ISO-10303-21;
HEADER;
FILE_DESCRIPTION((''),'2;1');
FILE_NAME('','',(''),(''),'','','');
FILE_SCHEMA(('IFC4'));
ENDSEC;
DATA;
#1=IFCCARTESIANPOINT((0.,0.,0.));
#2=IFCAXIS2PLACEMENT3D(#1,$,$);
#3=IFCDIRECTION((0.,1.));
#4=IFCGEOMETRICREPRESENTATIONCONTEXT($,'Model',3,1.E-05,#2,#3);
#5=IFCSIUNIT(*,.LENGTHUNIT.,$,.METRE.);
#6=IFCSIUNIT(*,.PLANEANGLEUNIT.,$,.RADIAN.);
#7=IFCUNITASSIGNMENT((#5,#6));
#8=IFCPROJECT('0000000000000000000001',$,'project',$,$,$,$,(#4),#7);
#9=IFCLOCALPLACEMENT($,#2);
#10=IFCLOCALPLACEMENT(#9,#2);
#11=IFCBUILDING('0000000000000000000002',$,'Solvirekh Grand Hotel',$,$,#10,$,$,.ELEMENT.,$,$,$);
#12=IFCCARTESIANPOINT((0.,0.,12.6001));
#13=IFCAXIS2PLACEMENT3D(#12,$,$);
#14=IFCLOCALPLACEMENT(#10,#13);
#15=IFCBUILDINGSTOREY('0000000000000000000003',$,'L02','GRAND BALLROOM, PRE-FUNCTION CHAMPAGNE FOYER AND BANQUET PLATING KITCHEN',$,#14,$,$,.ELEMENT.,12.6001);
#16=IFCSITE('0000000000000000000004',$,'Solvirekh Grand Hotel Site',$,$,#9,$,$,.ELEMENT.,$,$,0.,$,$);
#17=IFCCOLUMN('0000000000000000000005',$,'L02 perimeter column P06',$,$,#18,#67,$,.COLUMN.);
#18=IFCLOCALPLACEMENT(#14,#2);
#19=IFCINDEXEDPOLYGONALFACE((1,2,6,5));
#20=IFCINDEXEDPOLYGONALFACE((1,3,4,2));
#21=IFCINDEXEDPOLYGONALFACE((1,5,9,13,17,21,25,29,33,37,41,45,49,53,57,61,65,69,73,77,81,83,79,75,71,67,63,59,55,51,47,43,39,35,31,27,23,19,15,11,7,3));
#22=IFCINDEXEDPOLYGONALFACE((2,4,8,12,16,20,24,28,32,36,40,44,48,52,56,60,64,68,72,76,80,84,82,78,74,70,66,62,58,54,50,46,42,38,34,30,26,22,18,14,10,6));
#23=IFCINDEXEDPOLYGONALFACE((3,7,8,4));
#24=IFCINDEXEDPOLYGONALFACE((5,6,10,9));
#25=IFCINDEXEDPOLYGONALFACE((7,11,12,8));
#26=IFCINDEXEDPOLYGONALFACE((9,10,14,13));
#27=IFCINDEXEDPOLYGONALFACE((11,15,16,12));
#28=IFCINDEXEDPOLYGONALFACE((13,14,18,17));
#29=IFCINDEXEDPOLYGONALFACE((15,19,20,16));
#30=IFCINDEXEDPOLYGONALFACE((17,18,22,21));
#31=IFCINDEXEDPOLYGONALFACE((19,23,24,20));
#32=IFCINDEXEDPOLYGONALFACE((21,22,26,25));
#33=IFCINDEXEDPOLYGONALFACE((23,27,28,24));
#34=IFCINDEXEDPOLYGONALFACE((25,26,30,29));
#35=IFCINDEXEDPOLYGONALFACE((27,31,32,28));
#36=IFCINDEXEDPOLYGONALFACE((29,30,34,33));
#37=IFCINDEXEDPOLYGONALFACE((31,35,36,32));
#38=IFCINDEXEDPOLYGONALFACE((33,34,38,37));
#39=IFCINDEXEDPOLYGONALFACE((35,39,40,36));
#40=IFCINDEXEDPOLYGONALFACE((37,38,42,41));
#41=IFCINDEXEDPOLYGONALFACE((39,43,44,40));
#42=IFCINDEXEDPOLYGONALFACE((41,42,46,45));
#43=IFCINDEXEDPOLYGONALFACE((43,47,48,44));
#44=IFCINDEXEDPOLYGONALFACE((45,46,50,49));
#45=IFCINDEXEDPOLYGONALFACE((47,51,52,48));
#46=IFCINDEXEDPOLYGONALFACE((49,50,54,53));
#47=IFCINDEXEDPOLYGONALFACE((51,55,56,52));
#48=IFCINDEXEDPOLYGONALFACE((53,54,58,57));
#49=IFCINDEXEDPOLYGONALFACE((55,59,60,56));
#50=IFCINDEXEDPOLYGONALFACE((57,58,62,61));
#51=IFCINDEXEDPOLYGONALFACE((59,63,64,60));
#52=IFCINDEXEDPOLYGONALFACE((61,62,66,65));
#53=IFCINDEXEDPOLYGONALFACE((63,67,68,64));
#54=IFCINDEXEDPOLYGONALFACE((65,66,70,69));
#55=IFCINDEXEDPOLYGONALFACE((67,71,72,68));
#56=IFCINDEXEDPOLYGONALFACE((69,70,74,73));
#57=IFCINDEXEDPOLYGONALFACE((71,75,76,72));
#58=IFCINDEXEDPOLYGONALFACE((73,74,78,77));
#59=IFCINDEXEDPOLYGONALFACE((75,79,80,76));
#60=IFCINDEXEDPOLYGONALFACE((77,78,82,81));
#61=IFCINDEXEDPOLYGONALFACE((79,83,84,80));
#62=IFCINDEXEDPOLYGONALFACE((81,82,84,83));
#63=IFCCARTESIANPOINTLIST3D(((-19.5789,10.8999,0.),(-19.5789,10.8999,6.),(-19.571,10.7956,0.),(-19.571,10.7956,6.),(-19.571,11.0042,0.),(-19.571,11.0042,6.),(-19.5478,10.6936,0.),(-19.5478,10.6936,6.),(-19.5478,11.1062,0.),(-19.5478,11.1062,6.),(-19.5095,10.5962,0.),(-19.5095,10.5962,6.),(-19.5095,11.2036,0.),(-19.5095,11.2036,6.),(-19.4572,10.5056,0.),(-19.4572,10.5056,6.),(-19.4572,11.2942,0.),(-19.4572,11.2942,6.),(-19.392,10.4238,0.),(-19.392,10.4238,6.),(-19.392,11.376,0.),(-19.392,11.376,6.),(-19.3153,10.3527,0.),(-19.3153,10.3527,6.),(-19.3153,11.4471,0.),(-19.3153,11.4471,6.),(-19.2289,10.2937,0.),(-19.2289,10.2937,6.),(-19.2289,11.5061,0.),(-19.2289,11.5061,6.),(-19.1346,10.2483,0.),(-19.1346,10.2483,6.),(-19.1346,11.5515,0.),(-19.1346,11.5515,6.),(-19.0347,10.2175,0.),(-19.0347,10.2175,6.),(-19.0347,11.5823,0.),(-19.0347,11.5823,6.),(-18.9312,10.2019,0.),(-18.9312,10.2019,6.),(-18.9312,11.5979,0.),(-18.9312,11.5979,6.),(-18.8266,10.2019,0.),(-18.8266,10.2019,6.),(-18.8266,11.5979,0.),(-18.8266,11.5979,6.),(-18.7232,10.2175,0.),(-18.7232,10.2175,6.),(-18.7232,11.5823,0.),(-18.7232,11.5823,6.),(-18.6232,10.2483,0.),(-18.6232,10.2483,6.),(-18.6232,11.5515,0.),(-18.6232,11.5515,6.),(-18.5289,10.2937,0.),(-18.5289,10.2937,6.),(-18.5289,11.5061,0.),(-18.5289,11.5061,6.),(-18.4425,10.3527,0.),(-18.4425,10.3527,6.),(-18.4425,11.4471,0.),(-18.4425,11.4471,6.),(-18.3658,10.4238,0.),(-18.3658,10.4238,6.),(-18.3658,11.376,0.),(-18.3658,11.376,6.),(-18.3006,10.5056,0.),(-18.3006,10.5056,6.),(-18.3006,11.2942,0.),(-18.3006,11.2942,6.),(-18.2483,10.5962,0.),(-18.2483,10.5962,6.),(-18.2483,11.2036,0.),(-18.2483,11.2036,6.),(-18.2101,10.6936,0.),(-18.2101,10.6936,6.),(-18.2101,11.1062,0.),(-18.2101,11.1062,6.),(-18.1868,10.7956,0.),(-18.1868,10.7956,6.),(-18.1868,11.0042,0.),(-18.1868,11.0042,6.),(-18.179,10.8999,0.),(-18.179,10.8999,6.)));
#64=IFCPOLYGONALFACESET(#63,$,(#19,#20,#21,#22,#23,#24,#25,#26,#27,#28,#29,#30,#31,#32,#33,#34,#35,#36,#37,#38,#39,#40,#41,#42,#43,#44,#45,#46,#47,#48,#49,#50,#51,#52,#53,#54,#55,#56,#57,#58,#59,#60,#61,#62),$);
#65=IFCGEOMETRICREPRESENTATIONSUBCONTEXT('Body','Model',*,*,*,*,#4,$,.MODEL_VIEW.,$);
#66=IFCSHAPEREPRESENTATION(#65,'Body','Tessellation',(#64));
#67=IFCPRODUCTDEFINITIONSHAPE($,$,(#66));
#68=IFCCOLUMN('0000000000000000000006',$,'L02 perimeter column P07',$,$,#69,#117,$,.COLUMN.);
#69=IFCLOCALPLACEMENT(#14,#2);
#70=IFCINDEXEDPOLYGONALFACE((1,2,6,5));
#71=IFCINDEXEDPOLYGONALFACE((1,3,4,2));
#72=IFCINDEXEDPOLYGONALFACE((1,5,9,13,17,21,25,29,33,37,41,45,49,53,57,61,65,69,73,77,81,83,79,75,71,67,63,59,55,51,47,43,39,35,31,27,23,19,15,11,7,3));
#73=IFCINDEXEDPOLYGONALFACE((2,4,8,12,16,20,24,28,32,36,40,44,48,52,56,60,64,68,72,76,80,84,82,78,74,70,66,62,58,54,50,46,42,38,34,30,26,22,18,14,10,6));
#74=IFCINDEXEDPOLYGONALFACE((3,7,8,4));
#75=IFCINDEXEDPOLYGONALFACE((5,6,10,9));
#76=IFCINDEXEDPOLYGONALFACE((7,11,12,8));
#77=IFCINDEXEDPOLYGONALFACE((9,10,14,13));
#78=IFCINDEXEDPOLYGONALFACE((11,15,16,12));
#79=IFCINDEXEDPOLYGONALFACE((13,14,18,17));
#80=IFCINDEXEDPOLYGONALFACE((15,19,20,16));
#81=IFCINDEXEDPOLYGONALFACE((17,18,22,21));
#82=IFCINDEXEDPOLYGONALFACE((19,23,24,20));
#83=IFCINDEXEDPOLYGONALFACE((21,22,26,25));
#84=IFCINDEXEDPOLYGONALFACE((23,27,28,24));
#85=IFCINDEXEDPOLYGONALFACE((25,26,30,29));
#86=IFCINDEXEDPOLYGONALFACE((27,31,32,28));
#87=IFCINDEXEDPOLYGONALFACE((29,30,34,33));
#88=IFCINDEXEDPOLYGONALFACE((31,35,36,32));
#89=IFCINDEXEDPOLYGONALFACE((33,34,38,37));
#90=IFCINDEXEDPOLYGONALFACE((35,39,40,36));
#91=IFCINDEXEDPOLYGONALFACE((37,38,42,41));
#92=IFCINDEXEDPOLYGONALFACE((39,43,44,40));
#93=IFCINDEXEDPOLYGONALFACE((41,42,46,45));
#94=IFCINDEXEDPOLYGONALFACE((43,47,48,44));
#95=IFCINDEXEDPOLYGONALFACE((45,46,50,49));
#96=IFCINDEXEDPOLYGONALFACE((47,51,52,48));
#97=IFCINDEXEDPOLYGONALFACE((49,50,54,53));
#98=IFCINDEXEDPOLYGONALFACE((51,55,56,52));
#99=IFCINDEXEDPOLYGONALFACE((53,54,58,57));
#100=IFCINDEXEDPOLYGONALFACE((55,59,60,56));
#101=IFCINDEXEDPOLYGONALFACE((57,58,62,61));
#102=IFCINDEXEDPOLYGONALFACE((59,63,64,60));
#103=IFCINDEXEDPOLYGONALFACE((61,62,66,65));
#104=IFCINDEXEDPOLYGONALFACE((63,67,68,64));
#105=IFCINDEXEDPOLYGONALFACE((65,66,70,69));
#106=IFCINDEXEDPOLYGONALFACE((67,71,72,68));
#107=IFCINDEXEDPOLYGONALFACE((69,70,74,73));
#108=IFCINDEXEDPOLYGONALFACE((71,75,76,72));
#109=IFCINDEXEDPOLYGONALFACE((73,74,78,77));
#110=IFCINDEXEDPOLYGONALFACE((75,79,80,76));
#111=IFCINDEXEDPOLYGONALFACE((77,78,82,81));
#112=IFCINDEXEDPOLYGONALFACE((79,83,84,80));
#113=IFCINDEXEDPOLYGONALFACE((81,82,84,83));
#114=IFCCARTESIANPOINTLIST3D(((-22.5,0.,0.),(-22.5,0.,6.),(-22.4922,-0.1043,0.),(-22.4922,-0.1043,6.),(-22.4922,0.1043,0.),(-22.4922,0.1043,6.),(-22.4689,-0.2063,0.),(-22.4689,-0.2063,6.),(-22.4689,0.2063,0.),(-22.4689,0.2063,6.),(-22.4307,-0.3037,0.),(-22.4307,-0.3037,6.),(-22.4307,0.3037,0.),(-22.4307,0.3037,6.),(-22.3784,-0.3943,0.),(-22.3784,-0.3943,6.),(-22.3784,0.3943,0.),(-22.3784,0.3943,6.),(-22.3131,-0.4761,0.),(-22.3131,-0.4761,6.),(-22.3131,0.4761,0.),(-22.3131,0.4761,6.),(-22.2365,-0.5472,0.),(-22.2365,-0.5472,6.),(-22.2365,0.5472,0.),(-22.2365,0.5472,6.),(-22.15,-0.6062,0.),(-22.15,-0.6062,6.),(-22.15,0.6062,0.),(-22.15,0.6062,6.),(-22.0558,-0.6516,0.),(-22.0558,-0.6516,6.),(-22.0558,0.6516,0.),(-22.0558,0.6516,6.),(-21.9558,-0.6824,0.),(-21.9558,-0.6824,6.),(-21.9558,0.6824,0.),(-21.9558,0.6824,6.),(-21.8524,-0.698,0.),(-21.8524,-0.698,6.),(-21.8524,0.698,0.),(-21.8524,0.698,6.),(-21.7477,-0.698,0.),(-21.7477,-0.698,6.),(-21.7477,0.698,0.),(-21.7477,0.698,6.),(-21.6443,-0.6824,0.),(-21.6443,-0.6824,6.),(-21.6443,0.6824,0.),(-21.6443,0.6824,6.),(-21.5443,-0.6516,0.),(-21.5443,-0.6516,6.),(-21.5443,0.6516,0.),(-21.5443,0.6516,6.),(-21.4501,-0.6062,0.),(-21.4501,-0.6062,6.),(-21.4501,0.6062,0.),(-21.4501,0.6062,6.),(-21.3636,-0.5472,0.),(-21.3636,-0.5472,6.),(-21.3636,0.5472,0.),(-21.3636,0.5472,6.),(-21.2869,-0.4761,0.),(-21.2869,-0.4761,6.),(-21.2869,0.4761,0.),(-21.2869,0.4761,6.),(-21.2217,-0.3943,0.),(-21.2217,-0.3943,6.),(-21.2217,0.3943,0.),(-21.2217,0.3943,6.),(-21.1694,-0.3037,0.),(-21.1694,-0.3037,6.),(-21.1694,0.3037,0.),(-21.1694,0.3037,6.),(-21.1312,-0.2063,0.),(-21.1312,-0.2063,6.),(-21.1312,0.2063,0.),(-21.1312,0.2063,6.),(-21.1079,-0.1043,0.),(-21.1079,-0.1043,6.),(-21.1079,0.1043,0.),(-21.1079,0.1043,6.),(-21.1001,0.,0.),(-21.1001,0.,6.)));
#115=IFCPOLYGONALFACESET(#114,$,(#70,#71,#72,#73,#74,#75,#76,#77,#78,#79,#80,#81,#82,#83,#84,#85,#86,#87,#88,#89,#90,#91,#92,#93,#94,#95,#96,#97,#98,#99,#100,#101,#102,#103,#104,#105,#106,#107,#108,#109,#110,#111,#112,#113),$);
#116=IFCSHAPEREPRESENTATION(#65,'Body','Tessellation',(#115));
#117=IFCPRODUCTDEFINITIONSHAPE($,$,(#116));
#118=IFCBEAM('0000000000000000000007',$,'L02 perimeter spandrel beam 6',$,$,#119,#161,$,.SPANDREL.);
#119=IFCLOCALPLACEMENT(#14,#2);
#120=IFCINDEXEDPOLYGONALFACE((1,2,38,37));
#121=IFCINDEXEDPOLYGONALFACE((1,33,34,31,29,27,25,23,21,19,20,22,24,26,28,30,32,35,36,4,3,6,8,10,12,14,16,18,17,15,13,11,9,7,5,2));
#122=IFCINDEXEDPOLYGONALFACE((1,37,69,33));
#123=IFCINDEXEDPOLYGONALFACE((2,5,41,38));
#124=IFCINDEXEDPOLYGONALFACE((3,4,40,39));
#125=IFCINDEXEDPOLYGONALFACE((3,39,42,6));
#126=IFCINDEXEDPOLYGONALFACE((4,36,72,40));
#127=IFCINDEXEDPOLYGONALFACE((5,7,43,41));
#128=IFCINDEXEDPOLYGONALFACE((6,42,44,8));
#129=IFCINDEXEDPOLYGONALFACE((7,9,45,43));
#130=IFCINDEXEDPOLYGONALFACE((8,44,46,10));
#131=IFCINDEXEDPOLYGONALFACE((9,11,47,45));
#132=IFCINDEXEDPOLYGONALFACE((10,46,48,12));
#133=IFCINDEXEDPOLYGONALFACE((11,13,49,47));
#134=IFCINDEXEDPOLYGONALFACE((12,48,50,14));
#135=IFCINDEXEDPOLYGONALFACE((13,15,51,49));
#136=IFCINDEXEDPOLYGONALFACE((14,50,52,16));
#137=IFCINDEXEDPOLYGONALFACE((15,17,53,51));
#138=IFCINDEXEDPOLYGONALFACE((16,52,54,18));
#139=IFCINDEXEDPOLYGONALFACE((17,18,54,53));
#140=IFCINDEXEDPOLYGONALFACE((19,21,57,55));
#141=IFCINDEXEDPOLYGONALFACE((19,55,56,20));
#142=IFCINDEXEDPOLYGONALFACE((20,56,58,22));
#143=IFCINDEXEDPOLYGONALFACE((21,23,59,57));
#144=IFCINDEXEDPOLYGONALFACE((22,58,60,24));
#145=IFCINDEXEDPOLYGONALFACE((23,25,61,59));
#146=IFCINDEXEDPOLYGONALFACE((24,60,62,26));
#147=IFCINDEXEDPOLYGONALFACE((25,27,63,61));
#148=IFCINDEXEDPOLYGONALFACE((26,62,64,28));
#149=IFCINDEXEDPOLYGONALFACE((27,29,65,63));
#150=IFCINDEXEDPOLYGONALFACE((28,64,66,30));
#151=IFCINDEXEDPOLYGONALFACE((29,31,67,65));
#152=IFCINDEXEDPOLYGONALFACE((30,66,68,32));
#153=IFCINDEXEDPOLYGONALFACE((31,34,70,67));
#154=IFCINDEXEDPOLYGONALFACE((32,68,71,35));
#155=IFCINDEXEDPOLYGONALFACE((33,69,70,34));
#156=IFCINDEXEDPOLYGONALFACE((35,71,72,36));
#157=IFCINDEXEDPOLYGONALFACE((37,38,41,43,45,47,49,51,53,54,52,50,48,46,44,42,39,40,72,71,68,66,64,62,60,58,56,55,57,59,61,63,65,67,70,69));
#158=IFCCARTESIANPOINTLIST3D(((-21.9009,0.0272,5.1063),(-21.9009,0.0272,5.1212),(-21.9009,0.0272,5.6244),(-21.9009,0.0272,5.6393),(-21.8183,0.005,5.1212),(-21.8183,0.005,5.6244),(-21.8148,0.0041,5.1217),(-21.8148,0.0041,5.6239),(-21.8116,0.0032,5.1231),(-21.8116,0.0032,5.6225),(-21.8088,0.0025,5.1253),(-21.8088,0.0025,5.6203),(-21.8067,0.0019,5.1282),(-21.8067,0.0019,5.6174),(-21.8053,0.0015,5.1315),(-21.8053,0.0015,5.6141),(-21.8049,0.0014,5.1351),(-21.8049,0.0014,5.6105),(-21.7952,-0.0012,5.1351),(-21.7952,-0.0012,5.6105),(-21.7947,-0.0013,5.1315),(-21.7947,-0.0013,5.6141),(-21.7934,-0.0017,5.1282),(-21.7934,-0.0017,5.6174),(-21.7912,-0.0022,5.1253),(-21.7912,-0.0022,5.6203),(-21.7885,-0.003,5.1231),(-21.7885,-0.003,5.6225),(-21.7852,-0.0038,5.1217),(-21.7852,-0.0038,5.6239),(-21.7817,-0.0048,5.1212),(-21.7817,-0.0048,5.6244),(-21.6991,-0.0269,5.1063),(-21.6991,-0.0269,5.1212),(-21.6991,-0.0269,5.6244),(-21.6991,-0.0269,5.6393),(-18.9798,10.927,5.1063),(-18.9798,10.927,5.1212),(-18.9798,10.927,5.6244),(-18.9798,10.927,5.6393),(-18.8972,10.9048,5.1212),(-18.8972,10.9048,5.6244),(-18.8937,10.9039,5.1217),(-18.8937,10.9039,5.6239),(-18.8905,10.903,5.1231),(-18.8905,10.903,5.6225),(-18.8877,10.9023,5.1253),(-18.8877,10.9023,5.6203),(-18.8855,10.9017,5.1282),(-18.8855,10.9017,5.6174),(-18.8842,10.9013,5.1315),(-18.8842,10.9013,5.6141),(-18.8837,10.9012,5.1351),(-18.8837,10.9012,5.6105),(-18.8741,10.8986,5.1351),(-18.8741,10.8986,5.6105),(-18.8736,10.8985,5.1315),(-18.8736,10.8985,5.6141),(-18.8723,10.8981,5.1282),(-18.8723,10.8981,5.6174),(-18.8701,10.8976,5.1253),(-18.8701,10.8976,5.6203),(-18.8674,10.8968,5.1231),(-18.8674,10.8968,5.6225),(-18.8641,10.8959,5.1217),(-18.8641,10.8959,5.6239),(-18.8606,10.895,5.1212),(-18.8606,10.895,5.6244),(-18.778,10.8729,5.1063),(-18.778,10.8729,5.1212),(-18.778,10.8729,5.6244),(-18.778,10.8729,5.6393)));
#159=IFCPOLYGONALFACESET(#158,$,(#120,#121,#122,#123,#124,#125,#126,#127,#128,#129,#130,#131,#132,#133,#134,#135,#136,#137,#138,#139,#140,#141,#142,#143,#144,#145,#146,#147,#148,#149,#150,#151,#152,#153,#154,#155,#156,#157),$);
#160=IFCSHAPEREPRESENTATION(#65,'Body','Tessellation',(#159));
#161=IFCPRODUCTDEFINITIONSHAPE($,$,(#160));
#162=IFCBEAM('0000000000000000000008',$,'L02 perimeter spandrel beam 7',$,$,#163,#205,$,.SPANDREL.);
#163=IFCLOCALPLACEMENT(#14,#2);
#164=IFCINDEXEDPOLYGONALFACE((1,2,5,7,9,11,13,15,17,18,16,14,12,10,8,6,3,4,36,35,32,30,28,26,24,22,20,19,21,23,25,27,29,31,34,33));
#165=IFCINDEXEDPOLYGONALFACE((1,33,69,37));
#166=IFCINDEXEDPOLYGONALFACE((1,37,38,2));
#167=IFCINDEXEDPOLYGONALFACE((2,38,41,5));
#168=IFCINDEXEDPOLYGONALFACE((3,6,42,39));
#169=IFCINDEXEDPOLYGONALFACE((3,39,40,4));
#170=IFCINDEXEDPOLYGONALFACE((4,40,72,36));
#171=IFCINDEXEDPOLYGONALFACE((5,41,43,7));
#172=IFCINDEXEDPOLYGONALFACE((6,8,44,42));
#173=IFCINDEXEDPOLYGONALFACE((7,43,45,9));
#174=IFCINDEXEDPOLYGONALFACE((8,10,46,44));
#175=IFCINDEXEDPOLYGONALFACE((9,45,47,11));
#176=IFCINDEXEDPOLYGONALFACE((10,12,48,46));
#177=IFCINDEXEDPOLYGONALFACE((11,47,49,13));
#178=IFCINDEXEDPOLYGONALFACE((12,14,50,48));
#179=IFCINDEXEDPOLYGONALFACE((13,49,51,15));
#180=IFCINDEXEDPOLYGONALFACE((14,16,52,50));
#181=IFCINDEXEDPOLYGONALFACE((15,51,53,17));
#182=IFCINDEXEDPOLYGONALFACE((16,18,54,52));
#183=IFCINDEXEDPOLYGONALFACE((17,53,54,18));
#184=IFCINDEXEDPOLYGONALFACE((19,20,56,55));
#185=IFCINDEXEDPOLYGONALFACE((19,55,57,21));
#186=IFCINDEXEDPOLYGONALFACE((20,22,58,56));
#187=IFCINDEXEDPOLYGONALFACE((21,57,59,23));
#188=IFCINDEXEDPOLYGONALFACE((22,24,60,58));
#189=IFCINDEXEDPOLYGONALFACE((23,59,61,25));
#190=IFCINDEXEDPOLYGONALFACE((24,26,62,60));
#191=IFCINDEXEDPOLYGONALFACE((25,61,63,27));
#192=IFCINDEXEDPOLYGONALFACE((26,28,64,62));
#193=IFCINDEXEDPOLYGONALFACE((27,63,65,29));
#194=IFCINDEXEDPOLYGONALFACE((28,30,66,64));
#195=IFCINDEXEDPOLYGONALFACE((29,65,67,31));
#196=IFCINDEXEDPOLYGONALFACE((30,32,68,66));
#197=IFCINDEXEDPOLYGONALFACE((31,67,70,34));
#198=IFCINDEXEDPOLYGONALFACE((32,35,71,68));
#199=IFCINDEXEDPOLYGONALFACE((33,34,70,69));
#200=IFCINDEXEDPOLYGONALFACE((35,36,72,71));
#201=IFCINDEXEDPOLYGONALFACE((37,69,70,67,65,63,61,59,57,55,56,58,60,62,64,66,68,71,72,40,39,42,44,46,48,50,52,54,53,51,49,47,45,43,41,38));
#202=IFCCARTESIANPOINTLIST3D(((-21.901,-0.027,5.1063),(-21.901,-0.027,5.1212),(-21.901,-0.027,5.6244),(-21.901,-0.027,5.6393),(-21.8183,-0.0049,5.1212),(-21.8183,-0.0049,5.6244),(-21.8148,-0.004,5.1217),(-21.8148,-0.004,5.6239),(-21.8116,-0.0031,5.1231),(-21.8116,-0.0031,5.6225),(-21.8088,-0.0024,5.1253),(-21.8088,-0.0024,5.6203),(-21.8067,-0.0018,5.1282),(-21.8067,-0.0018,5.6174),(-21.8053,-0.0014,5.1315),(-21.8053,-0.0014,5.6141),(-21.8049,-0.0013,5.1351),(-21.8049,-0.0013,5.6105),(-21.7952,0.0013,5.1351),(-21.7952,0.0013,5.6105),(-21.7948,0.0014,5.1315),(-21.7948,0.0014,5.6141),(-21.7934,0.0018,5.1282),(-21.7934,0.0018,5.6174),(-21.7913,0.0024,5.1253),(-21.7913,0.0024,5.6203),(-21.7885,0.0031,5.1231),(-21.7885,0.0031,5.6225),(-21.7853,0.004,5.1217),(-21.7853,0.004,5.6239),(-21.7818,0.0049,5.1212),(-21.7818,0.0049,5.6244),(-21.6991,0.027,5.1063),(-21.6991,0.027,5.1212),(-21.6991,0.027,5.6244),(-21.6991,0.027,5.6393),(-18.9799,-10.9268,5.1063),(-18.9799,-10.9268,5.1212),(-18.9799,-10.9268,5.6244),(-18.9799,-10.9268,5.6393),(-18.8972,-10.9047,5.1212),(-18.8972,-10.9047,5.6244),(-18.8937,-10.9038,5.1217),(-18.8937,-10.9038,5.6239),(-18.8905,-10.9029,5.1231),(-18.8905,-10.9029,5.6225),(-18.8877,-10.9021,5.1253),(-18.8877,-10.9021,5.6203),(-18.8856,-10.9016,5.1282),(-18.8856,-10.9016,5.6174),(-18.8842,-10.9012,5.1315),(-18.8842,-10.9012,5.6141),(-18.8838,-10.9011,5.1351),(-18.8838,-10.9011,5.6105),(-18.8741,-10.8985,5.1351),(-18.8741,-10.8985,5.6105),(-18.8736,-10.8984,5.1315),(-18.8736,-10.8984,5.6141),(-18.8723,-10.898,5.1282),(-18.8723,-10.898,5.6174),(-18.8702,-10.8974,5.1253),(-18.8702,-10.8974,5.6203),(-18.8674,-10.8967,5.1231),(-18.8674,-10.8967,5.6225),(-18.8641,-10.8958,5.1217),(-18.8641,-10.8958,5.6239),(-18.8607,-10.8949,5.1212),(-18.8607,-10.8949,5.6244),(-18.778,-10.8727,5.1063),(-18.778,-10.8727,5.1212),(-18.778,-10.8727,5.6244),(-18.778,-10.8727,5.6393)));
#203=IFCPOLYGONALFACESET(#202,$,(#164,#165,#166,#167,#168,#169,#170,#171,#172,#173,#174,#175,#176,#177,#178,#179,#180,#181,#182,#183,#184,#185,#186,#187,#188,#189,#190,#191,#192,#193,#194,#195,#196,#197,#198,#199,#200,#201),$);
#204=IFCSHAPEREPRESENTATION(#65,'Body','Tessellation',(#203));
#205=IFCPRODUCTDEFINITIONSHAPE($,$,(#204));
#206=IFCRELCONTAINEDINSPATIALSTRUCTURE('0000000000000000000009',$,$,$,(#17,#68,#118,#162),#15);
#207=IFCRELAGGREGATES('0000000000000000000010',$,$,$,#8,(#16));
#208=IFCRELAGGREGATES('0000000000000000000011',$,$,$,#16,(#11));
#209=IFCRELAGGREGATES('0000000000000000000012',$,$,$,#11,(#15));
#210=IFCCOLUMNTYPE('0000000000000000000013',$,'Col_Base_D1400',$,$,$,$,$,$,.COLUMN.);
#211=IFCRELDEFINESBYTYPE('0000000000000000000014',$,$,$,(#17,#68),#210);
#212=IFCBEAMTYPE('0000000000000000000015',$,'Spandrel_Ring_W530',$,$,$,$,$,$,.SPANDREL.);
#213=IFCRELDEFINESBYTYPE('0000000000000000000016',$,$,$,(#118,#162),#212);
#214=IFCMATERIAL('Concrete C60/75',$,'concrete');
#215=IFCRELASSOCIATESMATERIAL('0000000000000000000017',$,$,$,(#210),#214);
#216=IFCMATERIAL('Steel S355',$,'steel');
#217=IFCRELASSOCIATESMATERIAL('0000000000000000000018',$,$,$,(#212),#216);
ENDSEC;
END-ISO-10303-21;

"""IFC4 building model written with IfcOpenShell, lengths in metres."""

from ifc_helpers import new_model, si_unit, direction, frame, origin, origin_2d, place, context, subcontext, project, spatial, circle, i_section, extrude, material, material_profile, profile_set, type_object, element, save


model = new_model("IFC4")

# Units and contexts
model_context = context("Model", 3, precision=1e-05, world=origin(), true_north=direction((0.0, 1.0)))
body_context = subcontext(model_context, "Body", "Model", "MODEL_VIEW")
ifc_project = project(units=[si_unit("LENGTHUNIT", "METRE"), si_unit("PLANEANGLEUNIT", "RADIAN")], contexts=[model_context])

# Site, building, storey
site_placement = place(None, origin())
site = spatial("IfcSite", under=ifc_project, at=site_placement, Name="Solvirekh Grand Hotel Site", CompositionType="ELEMENT", RefElevation=0.0)
building_placement = place(site_placement, origin())
building = spatial("IfcBuilding", under=site, at=building_placement, Name="Solvirekh Grand Hotel", CompositionType="ELEMENT")
storey_placement = place(building_placement, frame((0.0, 0.0, 12.6001)))
storey = spatial("IfcBuildingStorey", under=building, at=storey_placement, Name="L02", Description="GRAND BALLROOM, PRE-FUNCTION CHAMPAGNE FOYER AND BANQUET PLATING KITCHEN", CompositionType="ELEMENT", Elevation=12.6001)

# Columns
ifc_material_1 = material(Name="Concrete C60/75", Category="concrete")
ifc_material_profile_1 = material_profile(ifc_material_1, circle(Radius=0.7, at=origin_2d()), Name="RC CIRC D1400")
ifc_profile_set_1 = profile_set([ifc_material_profile_1], Name="Concrete C60/75")
column_type = type_object("IfcColumnType", Name="Col_Base_D1400", PredefinedType="COLUMN", material=ifc_profile_set_1)
for number, where, z_axis, x_axis, name in (
    (1, (-18.8789, 10.8999, 0.0), (0.0, 0.0, 1.0), (1.0, 0.0, 0.0), "L02 perimeter column P06"),
    (2, (-21.8, 0.0, 0.0), (0.0, 0.0, 1.0), (1.0, 0.0, 0.0), "L02 perimeter column P07"),
):
    element("IfcColumn", number, at=place(storey_placement, frame(where, z_axis=z_axis, x_axis=x_axis)), inside=storey, type_object=column_type, Name=name, PredefinedType="COLUMN", context=body_context, shape_type="SweptSolid", body=[
        extrude(circle(Radius=0.7, at=origin_2d()), origin(), (0.0, 0.0, 1.0), 6.0),
    ])

# Beams
ifc_material_2 = material(Name="Steel S355", Category="steel")
ifc_material_profile_2 = material_profile(ifc_material_2, i_section(OverallWidth=0.209, OverallDepth=0.533, WebThickness=0.01, FlangeThickness=0.0149, FilletRadius=0.0139, at=origin_2d()), Name="W530X92")
ifc_profile_set_2 = profile_set([ifc_material_profile_2], Name="Steel S355")
beam_type = type_object("IfcBeamType", Name="Spandrel_Ring_W530", PredefinedType="SPANDREL", material=ifc_profile_set_2)
for number, where, z_axis, x_axis, name in (
    (3, (-18.8789, 10.8999, 5.3728), (-0.258862, -0.965914, 0.0), (0.965914, -0.258862, 0.0), "L02 perimeter spandrel beam 6"),
    (4, (-21.8, 0.0, 5.3728), (0.258862, -0.965914, 0.0), (0.965914, 0.258862, 0.0), "L02 perimeter spandrel beam 7"),
):
    element("IfcBeam", number, at=place(storey_placement, frame(where, z_axis=z_axis, x_axis=x_axis)), inside=storey, type_object=beam_type, Name=name, PredefinedType="SPANDREL", context=body_context, shape_type="SweptSolid", body=[
        extrude(i_section(OverallWidth=0.209, OverallDepth=0.533, WebThickness=0.01, FlangeThickness=0.0149, FilletRadius=0.0139, at=origin_2d()), origin(), (0.0, 0.0, 1.0), 11.2844),
    ])

save(model, "model.ifc")
